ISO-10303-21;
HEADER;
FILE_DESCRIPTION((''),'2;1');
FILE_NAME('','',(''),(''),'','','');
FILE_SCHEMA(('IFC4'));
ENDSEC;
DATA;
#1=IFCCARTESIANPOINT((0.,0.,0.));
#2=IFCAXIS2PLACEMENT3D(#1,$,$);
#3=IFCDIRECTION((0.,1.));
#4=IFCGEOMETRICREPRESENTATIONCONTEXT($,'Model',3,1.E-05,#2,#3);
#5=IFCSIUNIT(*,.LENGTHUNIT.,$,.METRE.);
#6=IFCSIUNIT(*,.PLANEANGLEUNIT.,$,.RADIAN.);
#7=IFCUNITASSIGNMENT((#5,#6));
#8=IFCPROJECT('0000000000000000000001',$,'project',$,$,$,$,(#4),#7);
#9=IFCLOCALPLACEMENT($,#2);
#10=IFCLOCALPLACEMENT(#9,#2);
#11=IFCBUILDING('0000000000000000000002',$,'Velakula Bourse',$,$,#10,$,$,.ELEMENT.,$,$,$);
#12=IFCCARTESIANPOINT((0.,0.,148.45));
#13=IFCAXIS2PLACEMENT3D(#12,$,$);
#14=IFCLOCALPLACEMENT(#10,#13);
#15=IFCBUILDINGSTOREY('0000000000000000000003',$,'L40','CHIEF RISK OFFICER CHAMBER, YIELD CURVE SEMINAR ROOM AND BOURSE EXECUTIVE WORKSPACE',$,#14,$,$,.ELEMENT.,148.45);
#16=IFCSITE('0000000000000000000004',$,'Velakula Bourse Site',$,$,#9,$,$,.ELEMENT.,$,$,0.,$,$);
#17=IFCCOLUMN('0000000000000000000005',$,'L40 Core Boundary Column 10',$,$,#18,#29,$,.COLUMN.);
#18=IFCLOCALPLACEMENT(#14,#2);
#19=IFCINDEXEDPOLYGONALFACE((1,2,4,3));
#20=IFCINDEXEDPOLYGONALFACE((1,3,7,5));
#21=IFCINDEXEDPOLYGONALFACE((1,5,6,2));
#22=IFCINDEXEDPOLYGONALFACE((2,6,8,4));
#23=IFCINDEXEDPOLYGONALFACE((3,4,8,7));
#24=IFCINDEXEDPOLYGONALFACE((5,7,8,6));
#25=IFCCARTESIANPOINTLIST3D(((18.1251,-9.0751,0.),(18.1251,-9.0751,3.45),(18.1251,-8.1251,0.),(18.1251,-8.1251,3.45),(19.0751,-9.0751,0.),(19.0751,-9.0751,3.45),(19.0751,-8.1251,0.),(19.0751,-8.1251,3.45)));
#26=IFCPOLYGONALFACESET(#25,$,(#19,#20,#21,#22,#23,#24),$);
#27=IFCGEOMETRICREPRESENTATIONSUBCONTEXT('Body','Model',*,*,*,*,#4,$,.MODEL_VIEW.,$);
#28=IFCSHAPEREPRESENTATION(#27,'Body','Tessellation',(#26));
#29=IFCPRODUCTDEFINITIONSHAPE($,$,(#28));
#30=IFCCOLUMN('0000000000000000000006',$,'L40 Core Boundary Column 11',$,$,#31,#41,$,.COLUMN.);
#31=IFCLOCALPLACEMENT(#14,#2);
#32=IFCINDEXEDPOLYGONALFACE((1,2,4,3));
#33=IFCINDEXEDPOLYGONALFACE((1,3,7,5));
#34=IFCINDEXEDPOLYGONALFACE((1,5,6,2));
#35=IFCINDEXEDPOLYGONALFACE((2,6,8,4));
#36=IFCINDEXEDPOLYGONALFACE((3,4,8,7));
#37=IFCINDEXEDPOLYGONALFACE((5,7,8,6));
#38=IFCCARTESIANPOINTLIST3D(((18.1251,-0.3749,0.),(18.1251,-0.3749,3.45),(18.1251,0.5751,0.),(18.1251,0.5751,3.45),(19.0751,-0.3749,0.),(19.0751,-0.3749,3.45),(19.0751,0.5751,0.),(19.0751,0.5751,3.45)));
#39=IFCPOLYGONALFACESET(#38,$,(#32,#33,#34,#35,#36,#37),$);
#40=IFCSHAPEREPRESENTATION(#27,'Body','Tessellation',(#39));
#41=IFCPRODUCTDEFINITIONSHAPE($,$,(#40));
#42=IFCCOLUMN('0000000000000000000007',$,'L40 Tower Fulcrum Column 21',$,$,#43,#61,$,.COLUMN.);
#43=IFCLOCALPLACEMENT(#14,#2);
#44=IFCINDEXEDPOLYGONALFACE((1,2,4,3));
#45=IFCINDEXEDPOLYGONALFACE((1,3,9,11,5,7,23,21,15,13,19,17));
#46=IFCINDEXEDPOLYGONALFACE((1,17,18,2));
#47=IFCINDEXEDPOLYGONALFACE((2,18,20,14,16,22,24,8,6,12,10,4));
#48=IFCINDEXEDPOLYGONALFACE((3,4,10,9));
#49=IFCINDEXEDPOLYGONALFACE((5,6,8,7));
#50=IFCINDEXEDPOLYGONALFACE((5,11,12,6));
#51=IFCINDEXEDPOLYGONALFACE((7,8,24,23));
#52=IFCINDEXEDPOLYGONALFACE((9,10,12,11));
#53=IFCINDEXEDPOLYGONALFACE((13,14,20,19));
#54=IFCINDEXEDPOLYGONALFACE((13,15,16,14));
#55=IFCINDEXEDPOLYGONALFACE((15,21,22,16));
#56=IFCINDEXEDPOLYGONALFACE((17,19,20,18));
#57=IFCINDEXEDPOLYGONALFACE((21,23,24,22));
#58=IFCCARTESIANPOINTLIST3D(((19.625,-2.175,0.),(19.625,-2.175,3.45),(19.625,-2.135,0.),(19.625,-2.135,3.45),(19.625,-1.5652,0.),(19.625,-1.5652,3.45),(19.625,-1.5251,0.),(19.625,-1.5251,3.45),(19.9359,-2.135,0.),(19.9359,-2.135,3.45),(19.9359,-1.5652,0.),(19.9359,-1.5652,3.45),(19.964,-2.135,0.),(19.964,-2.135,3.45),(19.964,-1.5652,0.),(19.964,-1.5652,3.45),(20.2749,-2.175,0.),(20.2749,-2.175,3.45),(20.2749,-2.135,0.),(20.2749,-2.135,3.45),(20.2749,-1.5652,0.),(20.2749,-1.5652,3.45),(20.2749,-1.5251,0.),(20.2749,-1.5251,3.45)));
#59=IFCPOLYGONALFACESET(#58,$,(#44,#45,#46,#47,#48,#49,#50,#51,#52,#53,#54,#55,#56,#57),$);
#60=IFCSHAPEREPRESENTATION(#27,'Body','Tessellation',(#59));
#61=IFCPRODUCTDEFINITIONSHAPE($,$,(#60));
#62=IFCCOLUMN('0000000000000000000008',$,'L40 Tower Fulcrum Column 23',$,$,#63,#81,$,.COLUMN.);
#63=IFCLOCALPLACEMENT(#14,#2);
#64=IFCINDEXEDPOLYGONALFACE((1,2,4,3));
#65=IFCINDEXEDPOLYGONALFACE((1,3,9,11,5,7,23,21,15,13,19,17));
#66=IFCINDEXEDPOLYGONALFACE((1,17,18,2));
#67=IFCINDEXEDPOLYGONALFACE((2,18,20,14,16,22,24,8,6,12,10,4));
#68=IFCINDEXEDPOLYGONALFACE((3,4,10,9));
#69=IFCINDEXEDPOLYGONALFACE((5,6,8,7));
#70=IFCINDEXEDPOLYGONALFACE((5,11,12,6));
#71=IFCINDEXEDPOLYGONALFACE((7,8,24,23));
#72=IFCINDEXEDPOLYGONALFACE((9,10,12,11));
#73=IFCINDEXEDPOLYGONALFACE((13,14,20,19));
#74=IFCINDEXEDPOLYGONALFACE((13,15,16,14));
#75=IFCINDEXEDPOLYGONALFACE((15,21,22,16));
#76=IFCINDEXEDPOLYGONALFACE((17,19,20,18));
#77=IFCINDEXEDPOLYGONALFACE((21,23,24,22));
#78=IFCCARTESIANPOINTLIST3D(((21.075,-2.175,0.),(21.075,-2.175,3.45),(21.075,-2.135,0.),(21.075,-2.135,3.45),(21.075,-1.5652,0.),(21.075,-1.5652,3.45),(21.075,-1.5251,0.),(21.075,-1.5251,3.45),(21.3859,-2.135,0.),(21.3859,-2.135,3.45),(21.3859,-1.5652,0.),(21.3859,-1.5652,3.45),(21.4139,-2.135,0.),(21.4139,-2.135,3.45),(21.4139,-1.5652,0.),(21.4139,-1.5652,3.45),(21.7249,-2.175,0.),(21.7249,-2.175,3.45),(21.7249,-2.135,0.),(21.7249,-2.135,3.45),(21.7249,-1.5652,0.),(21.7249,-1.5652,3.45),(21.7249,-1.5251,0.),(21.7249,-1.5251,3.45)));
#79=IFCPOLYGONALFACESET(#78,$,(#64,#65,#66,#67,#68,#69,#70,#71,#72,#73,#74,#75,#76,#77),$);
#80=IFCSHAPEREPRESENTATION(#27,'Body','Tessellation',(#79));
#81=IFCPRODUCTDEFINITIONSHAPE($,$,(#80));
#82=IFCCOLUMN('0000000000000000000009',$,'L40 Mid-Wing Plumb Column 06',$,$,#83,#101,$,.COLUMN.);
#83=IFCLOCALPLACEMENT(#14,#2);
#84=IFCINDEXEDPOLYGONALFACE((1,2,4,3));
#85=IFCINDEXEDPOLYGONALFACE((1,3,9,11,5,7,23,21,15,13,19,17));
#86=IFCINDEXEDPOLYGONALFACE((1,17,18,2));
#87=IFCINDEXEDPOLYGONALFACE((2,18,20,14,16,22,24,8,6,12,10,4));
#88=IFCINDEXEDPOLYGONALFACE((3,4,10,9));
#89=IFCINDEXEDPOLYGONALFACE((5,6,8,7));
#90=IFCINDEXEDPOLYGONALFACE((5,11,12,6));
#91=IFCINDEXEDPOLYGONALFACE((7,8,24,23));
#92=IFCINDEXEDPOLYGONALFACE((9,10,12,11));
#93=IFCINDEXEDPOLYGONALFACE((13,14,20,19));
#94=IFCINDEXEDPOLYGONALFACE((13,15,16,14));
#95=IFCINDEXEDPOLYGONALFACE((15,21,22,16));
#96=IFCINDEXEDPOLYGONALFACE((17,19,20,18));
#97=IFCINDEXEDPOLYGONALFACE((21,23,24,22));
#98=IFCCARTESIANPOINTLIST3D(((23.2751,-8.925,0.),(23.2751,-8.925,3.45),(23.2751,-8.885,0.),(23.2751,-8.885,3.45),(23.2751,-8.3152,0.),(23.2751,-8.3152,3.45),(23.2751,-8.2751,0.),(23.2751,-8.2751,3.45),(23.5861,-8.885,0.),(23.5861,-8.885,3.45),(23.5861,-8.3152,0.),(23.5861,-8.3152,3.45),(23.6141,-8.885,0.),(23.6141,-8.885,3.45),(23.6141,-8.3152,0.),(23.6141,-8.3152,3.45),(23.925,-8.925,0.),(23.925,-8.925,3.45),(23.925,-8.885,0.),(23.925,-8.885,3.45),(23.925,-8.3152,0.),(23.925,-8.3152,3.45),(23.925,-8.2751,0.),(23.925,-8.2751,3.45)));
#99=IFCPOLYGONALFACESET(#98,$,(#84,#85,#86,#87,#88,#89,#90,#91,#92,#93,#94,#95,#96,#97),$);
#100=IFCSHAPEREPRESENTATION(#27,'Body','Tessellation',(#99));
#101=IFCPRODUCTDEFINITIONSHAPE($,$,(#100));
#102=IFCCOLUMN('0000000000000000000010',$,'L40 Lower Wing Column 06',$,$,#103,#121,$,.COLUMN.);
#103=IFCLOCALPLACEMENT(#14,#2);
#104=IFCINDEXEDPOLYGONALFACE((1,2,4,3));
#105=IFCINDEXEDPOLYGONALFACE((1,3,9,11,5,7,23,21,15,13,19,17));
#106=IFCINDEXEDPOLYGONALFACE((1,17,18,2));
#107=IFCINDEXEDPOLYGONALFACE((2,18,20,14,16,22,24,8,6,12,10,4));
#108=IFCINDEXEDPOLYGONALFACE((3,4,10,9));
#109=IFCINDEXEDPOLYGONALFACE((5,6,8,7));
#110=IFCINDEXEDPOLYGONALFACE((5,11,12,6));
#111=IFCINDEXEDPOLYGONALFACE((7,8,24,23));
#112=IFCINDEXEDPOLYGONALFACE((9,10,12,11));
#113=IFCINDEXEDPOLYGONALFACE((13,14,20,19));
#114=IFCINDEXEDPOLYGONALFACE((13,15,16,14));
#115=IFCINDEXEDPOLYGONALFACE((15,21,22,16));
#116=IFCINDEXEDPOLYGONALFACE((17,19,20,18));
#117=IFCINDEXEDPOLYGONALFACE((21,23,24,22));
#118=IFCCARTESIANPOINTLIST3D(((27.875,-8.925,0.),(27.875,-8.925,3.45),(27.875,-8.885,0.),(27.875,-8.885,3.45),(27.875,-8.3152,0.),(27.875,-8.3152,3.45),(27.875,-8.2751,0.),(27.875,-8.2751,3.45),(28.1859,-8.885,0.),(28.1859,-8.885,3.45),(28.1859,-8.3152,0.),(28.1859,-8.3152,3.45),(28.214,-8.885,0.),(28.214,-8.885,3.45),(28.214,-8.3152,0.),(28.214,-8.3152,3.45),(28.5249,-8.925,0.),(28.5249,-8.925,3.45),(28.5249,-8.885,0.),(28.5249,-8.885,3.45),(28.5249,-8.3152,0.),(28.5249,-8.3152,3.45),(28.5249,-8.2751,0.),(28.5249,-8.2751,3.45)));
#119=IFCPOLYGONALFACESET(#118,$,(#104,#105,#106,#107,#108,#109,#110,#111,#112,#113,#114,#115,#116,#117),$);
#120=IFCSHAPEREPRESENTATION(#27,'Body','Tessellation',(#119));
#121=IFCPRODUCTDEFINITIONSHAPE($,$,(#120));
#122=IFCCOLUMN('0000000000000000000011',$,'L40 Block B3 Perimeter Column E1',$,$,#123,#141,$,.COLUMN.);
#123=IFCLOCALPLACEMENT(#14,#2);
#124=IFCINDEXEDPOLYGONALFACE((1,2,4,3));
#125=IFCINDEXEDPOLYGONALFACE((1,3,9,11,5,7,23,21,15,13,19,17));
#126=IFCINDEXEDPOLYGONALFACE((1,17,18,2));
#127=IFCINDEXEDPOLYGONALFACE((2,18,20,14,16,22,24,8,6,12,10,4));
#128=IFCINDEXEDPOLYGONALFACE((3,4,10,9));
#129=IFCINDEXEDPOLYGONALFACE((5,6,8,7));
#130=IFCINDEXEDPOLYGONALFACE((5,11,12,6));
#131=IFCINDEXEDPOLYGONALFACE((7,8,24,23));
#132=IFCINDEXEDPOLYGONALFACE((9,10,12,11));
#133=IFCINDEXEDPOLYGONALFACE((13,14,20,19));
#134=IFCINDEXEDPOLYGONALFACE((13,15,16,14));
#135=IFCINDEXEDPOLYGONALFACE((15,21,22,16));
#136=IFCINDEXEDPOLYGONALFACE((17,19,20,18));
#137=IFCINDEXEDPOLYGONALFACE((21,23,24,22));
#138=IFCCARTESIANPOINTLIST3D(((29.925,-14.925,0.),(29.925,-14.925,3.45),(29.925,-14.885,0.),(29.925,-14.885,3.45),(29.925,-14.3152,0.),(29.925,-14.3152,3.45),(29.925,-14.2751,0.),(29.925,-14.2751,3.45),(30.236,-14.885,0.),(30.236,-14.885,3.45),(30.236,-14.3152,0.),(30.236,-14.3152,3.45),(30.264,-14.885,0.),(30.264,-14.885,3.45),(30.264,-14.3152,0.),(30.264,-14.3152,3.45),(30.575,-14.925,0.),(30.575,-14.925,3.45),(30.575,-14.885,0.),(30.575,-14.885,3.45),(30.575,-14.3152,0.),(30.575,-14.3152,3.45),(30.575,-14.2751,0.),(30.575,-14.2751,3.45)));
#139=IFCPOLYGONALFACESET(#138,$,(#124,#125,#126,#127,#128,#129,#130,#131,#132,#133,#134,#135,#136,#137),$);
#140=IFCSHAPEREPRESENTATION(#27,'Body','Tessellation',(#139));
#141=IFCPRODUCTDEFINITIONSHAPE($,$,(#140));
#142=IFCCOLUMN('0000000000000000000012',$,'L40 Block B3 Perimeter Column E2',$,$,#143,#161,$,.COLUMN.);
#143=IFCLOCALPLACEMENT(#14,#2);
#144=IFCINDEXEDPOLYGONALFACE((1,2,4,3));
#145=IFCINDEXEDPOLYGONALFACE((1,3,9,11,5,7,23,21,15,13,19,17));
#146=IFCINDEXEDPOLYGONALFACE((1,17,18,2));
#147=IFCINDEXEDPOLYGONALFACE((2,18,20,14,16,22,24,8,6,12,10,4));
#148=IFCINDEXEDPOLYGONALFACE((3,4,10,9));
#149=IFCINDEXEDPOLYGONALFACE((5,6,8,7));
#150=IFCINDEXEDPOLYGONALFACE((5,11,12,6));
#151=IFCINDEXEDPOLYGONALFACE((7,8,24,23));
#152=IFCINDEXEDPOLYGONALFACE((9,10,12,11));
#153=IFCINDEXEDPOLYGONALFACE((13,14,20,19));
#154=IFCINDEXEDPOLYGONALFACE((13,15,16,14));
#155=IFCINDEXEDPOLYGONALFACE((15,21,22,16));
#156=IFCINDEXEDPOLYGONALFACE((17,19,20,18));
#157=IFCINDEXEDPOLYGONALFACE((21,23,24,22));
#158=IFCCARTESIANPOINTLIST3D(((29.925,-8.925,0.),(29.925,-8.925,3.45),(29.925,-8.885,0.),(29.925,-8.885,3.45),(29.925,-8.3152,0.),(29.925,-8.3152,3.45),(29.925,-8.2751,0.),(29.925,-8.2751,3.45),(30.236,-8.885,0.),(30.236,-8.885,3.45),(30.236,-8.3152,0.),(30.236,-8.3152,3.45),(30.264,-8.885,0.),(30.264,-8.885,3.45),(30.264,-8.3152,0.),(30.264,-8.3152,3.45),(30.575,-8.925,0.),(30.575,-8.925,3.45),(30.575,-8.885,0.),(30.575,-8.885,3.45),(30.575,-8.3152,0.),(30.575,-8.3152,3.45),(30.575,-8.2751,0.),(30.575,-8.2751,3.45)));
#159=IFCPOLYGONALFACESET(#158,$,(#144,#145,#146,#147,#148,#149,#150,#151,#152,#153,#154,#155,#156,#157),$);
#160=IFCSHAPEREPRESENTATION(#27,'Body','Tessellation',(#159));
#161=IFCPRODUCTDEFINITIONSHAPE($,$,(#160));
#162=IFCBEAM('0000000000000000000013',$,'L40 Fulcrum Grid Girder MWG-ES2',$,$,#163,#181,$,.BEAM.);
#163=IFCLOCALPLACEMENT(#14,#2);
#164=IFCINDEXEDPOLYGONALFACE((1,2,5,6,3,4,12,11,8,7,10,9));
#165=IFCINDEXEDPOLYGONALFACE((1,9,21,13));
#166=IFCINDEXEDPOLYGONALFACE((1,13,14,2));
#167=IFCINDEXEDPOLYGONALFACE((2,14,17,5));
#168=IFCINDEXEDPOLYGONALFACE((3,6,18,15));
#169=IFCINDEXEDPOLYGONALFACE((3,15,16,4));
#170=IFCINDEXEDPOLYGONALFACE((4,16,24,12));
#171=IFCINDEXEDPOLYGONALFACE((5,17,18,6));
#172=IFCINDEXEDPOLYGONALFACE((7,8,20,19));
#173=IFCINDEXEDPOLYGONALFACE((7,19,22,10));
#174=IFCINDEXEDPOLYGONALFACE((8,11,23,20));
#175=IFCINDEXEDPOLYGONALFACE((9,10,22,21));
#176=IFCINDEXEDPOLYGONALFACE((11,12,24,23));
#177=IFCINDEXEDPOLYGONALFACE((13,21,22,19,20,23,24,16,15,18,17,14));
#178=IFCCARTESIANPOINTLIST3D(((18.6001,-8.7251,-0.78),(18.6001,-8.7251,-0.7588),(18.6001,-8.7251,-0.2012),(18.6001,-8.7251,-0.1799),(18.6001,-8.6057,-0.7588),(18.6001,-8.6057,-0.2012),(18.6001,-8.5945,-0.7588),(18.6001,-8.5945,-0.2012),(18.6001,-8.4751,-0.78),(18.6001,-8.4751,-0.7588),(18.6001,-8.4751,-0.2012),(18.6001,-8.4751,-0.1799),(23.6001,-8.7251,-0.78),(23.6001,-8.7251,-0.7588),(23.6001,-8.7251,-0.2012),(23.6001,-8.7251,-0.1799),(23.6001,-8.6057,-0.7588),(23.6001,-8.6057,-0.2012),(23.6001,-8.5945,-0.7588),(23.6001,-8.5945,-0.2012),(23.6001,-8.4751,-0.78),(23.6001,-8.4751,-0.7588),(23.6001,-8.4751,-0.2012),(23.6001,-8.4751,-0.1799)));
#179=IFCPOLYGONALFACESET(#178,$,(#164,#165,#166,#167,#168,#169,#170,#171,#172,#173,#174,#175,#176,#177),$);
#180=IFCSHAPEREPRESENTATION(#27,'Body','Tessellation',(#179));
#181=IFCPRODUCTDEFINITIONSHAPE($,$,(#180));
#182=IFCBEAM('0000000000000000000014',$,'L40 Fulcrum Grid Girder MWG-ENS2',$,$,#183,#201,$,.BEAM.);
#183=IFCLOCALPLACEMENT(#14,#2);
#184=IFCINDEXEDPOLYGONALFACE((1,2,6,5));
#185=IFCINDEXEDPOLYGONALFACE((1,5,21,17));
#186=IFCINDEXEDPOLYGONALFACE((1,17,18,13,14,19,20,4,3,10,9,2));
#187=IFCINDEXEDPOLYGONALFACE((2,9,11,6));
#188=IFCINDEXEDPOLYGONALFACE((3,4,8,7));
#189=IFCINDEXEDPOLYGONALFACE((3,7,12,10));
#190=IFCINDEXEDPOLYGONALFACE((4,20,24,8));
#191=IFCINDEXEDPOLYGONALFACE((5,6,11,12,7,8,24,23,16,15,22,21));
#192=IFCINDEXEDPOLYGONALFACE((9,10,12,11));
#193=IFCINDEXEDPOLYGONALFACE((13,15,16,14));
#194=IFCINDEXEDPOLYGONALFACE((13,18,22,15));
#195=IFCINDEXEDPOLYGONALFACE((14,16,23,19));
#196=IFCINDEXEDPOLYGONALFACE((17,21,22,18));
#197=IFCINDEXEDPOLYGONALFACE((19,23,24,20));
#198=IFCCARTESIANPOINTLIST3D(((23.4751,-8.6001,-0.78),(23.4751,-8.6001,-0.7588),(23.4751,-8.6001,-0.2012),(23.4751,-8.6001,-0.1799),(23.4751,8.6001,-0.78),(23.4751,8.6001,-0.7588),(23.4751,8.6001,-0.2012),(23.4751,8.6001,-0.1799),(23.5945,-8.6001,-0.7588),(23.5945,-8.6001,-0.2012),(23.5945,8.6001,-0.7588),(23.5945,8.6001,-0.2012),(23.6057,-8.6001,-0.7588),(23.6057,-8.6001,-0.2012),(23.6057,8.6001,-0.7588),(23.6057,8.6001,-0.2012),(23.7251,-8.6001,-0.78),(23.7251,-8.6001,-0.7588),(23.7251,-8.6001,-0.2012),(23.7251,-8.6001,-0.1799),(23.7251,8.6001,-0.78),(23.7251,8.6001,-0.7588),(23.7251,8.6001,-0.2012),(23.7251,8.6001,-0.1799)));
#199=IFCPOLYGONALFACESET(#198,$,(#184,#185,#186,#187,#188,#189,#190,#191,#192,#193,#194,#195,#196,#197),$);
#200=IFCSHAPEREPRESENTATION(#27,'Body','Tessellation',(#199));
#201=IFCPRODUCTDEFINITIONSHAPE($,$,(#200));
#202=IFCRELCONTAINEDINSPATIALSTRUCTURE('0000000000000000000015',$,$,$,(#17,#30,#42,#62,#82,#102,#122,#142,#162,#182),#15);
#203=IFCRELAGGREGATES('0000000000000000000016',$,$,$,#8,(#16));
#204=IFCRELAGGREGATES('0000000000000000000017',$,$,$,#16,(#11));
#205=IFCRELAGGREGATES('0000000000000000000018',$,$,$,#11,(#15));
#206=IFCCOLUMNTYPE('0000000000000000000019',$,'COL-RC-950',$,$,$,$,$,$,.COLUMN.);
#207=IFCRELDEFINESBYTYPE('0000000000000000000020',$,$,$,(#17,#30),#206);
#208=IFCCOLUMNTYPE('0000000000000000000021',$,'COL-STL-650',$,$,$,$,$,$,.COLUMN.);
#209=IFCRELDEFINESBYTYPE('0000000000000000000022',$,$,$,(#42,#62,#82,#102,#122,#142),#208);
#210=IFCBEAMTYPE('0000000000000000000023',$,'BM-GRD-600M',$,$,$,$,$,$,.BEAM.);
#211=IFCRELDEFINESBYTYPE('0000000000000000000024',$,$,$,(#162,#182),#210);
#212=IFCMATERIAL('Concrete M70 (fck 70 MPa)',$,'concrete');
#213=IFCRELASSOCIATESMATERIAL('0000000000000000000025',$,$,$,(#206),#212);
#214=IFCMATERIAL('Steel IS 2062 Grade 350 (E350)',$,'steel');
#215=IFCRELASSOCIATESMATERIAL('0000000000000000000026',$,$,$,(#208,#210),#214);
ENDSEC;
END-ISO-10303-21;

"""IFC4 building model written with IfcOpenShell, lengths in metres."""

from ifc_helpers import new_model, si_unit, direction, frame, origin, origin_2d, place, context, subcontext, project, spatial, rectangle, i_section, extrude, material, material_profile, profile_set, type_object, element, save


model = new_model("IFC4")

# Units and contexts
model_context = context("Model", 3, precision=1e-05, world=origin(), true_north=direction((0.0, 1.0)))
body_context = subcontext(model_context, "Body", "Model", "MODEL_VIEW")
ifc_project = project(units=[si_unit("LENGTHUNIT", "METRE"), si_unit("PLANEANGLEUNIT", "RADIAN")], contexts=[model_context])

# Site, building, storey
site_placement = place(None, origin())
site = spatial("IfcSite", under=ifc_project, at=site_placement, Name="Velakula Bourse Site", CompositionType="ELEMENT", RefElevation=0.0)
building_placement = place(site_placement, origin())
building = spatial("IfcBuilding", under=site, at=building_placement, Name="Velakula Bourse", CompositionType="ELEMENT")
storey_placement = place(building_placement, frame((0.0, 0.0, 148.45)))
storey = spatial("IfcBuildingStorey", under=building, at=storey_placement, Name="L40", Description="CHIEF RISK OFFICER CHAMBER, YIELD CURVE SEMINAR ROOM AND BOURSE EXECUTIVE WORKSPACE", CompositionType="ELEMENT", Elevation=148.45)

# Columns
ifc_material_1 = material(Name="Concrete M70 (fck 70 MPa)", Category="concrete")
ifc_material_profile_1 = material_profile(ifc_material_1, rectangle(XDim=0.95, YDim=0.95, at=origin_2d()), Name="Concrete M70 (fck 70 MPa)")
ifc_profile_set_1 = profile_set([ifc_material_profile_1], Name="Concrete M70 (fck 70 MPa)")
column_type_1 = type_object("IfcColumnType", Name="COL-RC-950", PredefinedType="COLUMN", material=ifc_profile_set_1)
for number, where, z_axis, x_axis, name in (
    (1, (18.6001, -8.6001, 0.0), (0.0, 0.0, 1.0), (1.0, 0.0, 0.0), "L40 Core Boundary Column 10"),
    (2, (18.6001, 0.1001, 0.0), (0.0, 0.0, 1.0), (1.0, 0.0, 0.0), "L40 Core Boundary Column 11"),
):
    element("IfcColumn", number, at=place(storey_placement, frame(where, z_axis=z_axis, x_axis=x_axis)), inside=storey, type_object=column_type_1, Name=name, PredefinedType="COLUMN", context=body_context, shape_type="SweptSolid", body=[
        extrude(rectangle(XDim=0.95, YDim=0.95, at=origin_2d()), origin(), (0.0, 0.0, 1.0), 3.45),
    ])
ifc_material_2 = material(Name="Steel IS 2062 Grade 350 (E350)", Category="steel")
ifc_material_profile_2 = material_profile(ifc_material_2, i_section(OverallWidth=0.6499, OverallDepth=0.6499, WebThickness=0.0281, FlangeThickness=0.04, at=origin_2d()), Name="Steel IS 2062 Grade 350 (E350)")
ifc_profile_set_2 = profile_set([ifc_material_profile_2], Name="Steel IS 2062 Grade 350 (E350)")
column_type_2 = type_object("IfcColumnType", Name="COL-STL-650", PredefinedType="COLUMN", material=ifc_profile_set_2)
for number, where, z_axis, x_axis, name in (
    (3, (19.95, -1.8501, 0.0), (0.0, 0.0, 1.0), (1.0, 0.0, 0.0), "L40 Tower Fulcrum Column 21"),
    (4, (21.3999, -1.8501, 0.0), (0.0, 0.0, 1.0), (1.0, 0.0, 0.0), "L40 Tower Fulcrum Column 23"),
    (5, (23.6001, -8.6001, 0.0), (0.0, 0.0, 1.0), (1.0, 0.0, 0.0), "L40 Mid-Wing Plumb Column 06"),
    (6, (28.2, -8.6001, 0.0), (0.0, 0.0, 1.0), (1.0, 0.0, 0.0), "L40 Lower Wing Column 06"),
    (7, (30.25, -14.6001, 0.0), (0.0, 0.0, 1.0), (1.0, 0.0, 0.0), "L40 Block B3 Perimeter Column E1"),
    (8, (30.25, -8.6001, 0.0), (0.0, 0.0, 1.0), (1.0, 0.0, 0.0), "L40 Block B3 Perimeter Column E2"),
):
    element("IfcColumn", number, at=place(storey_placement, frame(where, z_axis=z_axis, x_axis=x_axis)), inside=storey, type_object=column_type_2, Name=name, PredefinedType="COLUMN", context=body_context, shape_type="SweptSolid", body=[
        extrude(i_section(OverallWidth=0.6499, OverallDepth=0.6499, WebThickness=0.0281, FlangeThickness=0.04, at=origin_2d()), origin(), (0.0, 0.0, 1.0), 3.45),
    ])

# Beams
ifc_material_profile_3 = material_profile(ifc_material_2, i_section(OverallWidth=0.25, OverallDepth=0.6001, WebThickness=0.0112, FlangeThickness=0.0212, at=origin_2d()), Name="Steel IS 2062 Grade 350 (E350)")
ifc_profile_set_3 = profile_set([ifc_material_profile_3], Name="Steel IS 2062 Grade 350 (E350)")
beam_type_1 = type_object("IfcBeamType", Name="BM-GRD-600M", PredefinedType="BEAM", material=ifc_profile_set_3)
beam_1_placement = place(storey_placement, frame((18.6001, -8.6001, -0.48), z_axis=(1.0, 0.0, 0.0), x_axis=(0.0, 1.0, 0.0)))
element("IfcBeam", 9, at=beam_1_placement, inside=storey, type_object=beam_type_1, Name="L40 Fulcrum Grid Girder MWG-ES2", PredefinedType="BEAM", context=body_context, shape_type="SweptSolid", body=[
    extrude(i_section(OverallWidth=0.25, OverallDepth=0.6001, WebThickness=0.0112, FlangeThickness=0.0212, at=origin_2d()), origin(), (0.0, 0.0, 1.0), 5.0),
])
for number, where, z_axis, x_axis, name in (
    (10, (23.6001, -8.6001, -0.48), (0.0, 1.0, 0.0), (-1.0, 0.0, 0.0), "L40 Fulcrum Grid Girder MWG-ENS2"),
):
    element("IfcBeam", number, at=place(storey_placement, frame(where, z_axis=z_axis, x_axis=x_axis)), inside=storey, type_object=beam_type_1, Name=name, PredefinedType="BEAM", context=body_context, shape_type="SweptSolid", body=[
        extrude(i_section(OverallWidth=0.25, OverallDepth=0.6001, WebThickness=0.0112, FlangeThickness=0.0212, at=origin_2d()), origin(), (0.0, 0.0, 1.0), 17.2002),
    ])

save(model, "model.ifc")
